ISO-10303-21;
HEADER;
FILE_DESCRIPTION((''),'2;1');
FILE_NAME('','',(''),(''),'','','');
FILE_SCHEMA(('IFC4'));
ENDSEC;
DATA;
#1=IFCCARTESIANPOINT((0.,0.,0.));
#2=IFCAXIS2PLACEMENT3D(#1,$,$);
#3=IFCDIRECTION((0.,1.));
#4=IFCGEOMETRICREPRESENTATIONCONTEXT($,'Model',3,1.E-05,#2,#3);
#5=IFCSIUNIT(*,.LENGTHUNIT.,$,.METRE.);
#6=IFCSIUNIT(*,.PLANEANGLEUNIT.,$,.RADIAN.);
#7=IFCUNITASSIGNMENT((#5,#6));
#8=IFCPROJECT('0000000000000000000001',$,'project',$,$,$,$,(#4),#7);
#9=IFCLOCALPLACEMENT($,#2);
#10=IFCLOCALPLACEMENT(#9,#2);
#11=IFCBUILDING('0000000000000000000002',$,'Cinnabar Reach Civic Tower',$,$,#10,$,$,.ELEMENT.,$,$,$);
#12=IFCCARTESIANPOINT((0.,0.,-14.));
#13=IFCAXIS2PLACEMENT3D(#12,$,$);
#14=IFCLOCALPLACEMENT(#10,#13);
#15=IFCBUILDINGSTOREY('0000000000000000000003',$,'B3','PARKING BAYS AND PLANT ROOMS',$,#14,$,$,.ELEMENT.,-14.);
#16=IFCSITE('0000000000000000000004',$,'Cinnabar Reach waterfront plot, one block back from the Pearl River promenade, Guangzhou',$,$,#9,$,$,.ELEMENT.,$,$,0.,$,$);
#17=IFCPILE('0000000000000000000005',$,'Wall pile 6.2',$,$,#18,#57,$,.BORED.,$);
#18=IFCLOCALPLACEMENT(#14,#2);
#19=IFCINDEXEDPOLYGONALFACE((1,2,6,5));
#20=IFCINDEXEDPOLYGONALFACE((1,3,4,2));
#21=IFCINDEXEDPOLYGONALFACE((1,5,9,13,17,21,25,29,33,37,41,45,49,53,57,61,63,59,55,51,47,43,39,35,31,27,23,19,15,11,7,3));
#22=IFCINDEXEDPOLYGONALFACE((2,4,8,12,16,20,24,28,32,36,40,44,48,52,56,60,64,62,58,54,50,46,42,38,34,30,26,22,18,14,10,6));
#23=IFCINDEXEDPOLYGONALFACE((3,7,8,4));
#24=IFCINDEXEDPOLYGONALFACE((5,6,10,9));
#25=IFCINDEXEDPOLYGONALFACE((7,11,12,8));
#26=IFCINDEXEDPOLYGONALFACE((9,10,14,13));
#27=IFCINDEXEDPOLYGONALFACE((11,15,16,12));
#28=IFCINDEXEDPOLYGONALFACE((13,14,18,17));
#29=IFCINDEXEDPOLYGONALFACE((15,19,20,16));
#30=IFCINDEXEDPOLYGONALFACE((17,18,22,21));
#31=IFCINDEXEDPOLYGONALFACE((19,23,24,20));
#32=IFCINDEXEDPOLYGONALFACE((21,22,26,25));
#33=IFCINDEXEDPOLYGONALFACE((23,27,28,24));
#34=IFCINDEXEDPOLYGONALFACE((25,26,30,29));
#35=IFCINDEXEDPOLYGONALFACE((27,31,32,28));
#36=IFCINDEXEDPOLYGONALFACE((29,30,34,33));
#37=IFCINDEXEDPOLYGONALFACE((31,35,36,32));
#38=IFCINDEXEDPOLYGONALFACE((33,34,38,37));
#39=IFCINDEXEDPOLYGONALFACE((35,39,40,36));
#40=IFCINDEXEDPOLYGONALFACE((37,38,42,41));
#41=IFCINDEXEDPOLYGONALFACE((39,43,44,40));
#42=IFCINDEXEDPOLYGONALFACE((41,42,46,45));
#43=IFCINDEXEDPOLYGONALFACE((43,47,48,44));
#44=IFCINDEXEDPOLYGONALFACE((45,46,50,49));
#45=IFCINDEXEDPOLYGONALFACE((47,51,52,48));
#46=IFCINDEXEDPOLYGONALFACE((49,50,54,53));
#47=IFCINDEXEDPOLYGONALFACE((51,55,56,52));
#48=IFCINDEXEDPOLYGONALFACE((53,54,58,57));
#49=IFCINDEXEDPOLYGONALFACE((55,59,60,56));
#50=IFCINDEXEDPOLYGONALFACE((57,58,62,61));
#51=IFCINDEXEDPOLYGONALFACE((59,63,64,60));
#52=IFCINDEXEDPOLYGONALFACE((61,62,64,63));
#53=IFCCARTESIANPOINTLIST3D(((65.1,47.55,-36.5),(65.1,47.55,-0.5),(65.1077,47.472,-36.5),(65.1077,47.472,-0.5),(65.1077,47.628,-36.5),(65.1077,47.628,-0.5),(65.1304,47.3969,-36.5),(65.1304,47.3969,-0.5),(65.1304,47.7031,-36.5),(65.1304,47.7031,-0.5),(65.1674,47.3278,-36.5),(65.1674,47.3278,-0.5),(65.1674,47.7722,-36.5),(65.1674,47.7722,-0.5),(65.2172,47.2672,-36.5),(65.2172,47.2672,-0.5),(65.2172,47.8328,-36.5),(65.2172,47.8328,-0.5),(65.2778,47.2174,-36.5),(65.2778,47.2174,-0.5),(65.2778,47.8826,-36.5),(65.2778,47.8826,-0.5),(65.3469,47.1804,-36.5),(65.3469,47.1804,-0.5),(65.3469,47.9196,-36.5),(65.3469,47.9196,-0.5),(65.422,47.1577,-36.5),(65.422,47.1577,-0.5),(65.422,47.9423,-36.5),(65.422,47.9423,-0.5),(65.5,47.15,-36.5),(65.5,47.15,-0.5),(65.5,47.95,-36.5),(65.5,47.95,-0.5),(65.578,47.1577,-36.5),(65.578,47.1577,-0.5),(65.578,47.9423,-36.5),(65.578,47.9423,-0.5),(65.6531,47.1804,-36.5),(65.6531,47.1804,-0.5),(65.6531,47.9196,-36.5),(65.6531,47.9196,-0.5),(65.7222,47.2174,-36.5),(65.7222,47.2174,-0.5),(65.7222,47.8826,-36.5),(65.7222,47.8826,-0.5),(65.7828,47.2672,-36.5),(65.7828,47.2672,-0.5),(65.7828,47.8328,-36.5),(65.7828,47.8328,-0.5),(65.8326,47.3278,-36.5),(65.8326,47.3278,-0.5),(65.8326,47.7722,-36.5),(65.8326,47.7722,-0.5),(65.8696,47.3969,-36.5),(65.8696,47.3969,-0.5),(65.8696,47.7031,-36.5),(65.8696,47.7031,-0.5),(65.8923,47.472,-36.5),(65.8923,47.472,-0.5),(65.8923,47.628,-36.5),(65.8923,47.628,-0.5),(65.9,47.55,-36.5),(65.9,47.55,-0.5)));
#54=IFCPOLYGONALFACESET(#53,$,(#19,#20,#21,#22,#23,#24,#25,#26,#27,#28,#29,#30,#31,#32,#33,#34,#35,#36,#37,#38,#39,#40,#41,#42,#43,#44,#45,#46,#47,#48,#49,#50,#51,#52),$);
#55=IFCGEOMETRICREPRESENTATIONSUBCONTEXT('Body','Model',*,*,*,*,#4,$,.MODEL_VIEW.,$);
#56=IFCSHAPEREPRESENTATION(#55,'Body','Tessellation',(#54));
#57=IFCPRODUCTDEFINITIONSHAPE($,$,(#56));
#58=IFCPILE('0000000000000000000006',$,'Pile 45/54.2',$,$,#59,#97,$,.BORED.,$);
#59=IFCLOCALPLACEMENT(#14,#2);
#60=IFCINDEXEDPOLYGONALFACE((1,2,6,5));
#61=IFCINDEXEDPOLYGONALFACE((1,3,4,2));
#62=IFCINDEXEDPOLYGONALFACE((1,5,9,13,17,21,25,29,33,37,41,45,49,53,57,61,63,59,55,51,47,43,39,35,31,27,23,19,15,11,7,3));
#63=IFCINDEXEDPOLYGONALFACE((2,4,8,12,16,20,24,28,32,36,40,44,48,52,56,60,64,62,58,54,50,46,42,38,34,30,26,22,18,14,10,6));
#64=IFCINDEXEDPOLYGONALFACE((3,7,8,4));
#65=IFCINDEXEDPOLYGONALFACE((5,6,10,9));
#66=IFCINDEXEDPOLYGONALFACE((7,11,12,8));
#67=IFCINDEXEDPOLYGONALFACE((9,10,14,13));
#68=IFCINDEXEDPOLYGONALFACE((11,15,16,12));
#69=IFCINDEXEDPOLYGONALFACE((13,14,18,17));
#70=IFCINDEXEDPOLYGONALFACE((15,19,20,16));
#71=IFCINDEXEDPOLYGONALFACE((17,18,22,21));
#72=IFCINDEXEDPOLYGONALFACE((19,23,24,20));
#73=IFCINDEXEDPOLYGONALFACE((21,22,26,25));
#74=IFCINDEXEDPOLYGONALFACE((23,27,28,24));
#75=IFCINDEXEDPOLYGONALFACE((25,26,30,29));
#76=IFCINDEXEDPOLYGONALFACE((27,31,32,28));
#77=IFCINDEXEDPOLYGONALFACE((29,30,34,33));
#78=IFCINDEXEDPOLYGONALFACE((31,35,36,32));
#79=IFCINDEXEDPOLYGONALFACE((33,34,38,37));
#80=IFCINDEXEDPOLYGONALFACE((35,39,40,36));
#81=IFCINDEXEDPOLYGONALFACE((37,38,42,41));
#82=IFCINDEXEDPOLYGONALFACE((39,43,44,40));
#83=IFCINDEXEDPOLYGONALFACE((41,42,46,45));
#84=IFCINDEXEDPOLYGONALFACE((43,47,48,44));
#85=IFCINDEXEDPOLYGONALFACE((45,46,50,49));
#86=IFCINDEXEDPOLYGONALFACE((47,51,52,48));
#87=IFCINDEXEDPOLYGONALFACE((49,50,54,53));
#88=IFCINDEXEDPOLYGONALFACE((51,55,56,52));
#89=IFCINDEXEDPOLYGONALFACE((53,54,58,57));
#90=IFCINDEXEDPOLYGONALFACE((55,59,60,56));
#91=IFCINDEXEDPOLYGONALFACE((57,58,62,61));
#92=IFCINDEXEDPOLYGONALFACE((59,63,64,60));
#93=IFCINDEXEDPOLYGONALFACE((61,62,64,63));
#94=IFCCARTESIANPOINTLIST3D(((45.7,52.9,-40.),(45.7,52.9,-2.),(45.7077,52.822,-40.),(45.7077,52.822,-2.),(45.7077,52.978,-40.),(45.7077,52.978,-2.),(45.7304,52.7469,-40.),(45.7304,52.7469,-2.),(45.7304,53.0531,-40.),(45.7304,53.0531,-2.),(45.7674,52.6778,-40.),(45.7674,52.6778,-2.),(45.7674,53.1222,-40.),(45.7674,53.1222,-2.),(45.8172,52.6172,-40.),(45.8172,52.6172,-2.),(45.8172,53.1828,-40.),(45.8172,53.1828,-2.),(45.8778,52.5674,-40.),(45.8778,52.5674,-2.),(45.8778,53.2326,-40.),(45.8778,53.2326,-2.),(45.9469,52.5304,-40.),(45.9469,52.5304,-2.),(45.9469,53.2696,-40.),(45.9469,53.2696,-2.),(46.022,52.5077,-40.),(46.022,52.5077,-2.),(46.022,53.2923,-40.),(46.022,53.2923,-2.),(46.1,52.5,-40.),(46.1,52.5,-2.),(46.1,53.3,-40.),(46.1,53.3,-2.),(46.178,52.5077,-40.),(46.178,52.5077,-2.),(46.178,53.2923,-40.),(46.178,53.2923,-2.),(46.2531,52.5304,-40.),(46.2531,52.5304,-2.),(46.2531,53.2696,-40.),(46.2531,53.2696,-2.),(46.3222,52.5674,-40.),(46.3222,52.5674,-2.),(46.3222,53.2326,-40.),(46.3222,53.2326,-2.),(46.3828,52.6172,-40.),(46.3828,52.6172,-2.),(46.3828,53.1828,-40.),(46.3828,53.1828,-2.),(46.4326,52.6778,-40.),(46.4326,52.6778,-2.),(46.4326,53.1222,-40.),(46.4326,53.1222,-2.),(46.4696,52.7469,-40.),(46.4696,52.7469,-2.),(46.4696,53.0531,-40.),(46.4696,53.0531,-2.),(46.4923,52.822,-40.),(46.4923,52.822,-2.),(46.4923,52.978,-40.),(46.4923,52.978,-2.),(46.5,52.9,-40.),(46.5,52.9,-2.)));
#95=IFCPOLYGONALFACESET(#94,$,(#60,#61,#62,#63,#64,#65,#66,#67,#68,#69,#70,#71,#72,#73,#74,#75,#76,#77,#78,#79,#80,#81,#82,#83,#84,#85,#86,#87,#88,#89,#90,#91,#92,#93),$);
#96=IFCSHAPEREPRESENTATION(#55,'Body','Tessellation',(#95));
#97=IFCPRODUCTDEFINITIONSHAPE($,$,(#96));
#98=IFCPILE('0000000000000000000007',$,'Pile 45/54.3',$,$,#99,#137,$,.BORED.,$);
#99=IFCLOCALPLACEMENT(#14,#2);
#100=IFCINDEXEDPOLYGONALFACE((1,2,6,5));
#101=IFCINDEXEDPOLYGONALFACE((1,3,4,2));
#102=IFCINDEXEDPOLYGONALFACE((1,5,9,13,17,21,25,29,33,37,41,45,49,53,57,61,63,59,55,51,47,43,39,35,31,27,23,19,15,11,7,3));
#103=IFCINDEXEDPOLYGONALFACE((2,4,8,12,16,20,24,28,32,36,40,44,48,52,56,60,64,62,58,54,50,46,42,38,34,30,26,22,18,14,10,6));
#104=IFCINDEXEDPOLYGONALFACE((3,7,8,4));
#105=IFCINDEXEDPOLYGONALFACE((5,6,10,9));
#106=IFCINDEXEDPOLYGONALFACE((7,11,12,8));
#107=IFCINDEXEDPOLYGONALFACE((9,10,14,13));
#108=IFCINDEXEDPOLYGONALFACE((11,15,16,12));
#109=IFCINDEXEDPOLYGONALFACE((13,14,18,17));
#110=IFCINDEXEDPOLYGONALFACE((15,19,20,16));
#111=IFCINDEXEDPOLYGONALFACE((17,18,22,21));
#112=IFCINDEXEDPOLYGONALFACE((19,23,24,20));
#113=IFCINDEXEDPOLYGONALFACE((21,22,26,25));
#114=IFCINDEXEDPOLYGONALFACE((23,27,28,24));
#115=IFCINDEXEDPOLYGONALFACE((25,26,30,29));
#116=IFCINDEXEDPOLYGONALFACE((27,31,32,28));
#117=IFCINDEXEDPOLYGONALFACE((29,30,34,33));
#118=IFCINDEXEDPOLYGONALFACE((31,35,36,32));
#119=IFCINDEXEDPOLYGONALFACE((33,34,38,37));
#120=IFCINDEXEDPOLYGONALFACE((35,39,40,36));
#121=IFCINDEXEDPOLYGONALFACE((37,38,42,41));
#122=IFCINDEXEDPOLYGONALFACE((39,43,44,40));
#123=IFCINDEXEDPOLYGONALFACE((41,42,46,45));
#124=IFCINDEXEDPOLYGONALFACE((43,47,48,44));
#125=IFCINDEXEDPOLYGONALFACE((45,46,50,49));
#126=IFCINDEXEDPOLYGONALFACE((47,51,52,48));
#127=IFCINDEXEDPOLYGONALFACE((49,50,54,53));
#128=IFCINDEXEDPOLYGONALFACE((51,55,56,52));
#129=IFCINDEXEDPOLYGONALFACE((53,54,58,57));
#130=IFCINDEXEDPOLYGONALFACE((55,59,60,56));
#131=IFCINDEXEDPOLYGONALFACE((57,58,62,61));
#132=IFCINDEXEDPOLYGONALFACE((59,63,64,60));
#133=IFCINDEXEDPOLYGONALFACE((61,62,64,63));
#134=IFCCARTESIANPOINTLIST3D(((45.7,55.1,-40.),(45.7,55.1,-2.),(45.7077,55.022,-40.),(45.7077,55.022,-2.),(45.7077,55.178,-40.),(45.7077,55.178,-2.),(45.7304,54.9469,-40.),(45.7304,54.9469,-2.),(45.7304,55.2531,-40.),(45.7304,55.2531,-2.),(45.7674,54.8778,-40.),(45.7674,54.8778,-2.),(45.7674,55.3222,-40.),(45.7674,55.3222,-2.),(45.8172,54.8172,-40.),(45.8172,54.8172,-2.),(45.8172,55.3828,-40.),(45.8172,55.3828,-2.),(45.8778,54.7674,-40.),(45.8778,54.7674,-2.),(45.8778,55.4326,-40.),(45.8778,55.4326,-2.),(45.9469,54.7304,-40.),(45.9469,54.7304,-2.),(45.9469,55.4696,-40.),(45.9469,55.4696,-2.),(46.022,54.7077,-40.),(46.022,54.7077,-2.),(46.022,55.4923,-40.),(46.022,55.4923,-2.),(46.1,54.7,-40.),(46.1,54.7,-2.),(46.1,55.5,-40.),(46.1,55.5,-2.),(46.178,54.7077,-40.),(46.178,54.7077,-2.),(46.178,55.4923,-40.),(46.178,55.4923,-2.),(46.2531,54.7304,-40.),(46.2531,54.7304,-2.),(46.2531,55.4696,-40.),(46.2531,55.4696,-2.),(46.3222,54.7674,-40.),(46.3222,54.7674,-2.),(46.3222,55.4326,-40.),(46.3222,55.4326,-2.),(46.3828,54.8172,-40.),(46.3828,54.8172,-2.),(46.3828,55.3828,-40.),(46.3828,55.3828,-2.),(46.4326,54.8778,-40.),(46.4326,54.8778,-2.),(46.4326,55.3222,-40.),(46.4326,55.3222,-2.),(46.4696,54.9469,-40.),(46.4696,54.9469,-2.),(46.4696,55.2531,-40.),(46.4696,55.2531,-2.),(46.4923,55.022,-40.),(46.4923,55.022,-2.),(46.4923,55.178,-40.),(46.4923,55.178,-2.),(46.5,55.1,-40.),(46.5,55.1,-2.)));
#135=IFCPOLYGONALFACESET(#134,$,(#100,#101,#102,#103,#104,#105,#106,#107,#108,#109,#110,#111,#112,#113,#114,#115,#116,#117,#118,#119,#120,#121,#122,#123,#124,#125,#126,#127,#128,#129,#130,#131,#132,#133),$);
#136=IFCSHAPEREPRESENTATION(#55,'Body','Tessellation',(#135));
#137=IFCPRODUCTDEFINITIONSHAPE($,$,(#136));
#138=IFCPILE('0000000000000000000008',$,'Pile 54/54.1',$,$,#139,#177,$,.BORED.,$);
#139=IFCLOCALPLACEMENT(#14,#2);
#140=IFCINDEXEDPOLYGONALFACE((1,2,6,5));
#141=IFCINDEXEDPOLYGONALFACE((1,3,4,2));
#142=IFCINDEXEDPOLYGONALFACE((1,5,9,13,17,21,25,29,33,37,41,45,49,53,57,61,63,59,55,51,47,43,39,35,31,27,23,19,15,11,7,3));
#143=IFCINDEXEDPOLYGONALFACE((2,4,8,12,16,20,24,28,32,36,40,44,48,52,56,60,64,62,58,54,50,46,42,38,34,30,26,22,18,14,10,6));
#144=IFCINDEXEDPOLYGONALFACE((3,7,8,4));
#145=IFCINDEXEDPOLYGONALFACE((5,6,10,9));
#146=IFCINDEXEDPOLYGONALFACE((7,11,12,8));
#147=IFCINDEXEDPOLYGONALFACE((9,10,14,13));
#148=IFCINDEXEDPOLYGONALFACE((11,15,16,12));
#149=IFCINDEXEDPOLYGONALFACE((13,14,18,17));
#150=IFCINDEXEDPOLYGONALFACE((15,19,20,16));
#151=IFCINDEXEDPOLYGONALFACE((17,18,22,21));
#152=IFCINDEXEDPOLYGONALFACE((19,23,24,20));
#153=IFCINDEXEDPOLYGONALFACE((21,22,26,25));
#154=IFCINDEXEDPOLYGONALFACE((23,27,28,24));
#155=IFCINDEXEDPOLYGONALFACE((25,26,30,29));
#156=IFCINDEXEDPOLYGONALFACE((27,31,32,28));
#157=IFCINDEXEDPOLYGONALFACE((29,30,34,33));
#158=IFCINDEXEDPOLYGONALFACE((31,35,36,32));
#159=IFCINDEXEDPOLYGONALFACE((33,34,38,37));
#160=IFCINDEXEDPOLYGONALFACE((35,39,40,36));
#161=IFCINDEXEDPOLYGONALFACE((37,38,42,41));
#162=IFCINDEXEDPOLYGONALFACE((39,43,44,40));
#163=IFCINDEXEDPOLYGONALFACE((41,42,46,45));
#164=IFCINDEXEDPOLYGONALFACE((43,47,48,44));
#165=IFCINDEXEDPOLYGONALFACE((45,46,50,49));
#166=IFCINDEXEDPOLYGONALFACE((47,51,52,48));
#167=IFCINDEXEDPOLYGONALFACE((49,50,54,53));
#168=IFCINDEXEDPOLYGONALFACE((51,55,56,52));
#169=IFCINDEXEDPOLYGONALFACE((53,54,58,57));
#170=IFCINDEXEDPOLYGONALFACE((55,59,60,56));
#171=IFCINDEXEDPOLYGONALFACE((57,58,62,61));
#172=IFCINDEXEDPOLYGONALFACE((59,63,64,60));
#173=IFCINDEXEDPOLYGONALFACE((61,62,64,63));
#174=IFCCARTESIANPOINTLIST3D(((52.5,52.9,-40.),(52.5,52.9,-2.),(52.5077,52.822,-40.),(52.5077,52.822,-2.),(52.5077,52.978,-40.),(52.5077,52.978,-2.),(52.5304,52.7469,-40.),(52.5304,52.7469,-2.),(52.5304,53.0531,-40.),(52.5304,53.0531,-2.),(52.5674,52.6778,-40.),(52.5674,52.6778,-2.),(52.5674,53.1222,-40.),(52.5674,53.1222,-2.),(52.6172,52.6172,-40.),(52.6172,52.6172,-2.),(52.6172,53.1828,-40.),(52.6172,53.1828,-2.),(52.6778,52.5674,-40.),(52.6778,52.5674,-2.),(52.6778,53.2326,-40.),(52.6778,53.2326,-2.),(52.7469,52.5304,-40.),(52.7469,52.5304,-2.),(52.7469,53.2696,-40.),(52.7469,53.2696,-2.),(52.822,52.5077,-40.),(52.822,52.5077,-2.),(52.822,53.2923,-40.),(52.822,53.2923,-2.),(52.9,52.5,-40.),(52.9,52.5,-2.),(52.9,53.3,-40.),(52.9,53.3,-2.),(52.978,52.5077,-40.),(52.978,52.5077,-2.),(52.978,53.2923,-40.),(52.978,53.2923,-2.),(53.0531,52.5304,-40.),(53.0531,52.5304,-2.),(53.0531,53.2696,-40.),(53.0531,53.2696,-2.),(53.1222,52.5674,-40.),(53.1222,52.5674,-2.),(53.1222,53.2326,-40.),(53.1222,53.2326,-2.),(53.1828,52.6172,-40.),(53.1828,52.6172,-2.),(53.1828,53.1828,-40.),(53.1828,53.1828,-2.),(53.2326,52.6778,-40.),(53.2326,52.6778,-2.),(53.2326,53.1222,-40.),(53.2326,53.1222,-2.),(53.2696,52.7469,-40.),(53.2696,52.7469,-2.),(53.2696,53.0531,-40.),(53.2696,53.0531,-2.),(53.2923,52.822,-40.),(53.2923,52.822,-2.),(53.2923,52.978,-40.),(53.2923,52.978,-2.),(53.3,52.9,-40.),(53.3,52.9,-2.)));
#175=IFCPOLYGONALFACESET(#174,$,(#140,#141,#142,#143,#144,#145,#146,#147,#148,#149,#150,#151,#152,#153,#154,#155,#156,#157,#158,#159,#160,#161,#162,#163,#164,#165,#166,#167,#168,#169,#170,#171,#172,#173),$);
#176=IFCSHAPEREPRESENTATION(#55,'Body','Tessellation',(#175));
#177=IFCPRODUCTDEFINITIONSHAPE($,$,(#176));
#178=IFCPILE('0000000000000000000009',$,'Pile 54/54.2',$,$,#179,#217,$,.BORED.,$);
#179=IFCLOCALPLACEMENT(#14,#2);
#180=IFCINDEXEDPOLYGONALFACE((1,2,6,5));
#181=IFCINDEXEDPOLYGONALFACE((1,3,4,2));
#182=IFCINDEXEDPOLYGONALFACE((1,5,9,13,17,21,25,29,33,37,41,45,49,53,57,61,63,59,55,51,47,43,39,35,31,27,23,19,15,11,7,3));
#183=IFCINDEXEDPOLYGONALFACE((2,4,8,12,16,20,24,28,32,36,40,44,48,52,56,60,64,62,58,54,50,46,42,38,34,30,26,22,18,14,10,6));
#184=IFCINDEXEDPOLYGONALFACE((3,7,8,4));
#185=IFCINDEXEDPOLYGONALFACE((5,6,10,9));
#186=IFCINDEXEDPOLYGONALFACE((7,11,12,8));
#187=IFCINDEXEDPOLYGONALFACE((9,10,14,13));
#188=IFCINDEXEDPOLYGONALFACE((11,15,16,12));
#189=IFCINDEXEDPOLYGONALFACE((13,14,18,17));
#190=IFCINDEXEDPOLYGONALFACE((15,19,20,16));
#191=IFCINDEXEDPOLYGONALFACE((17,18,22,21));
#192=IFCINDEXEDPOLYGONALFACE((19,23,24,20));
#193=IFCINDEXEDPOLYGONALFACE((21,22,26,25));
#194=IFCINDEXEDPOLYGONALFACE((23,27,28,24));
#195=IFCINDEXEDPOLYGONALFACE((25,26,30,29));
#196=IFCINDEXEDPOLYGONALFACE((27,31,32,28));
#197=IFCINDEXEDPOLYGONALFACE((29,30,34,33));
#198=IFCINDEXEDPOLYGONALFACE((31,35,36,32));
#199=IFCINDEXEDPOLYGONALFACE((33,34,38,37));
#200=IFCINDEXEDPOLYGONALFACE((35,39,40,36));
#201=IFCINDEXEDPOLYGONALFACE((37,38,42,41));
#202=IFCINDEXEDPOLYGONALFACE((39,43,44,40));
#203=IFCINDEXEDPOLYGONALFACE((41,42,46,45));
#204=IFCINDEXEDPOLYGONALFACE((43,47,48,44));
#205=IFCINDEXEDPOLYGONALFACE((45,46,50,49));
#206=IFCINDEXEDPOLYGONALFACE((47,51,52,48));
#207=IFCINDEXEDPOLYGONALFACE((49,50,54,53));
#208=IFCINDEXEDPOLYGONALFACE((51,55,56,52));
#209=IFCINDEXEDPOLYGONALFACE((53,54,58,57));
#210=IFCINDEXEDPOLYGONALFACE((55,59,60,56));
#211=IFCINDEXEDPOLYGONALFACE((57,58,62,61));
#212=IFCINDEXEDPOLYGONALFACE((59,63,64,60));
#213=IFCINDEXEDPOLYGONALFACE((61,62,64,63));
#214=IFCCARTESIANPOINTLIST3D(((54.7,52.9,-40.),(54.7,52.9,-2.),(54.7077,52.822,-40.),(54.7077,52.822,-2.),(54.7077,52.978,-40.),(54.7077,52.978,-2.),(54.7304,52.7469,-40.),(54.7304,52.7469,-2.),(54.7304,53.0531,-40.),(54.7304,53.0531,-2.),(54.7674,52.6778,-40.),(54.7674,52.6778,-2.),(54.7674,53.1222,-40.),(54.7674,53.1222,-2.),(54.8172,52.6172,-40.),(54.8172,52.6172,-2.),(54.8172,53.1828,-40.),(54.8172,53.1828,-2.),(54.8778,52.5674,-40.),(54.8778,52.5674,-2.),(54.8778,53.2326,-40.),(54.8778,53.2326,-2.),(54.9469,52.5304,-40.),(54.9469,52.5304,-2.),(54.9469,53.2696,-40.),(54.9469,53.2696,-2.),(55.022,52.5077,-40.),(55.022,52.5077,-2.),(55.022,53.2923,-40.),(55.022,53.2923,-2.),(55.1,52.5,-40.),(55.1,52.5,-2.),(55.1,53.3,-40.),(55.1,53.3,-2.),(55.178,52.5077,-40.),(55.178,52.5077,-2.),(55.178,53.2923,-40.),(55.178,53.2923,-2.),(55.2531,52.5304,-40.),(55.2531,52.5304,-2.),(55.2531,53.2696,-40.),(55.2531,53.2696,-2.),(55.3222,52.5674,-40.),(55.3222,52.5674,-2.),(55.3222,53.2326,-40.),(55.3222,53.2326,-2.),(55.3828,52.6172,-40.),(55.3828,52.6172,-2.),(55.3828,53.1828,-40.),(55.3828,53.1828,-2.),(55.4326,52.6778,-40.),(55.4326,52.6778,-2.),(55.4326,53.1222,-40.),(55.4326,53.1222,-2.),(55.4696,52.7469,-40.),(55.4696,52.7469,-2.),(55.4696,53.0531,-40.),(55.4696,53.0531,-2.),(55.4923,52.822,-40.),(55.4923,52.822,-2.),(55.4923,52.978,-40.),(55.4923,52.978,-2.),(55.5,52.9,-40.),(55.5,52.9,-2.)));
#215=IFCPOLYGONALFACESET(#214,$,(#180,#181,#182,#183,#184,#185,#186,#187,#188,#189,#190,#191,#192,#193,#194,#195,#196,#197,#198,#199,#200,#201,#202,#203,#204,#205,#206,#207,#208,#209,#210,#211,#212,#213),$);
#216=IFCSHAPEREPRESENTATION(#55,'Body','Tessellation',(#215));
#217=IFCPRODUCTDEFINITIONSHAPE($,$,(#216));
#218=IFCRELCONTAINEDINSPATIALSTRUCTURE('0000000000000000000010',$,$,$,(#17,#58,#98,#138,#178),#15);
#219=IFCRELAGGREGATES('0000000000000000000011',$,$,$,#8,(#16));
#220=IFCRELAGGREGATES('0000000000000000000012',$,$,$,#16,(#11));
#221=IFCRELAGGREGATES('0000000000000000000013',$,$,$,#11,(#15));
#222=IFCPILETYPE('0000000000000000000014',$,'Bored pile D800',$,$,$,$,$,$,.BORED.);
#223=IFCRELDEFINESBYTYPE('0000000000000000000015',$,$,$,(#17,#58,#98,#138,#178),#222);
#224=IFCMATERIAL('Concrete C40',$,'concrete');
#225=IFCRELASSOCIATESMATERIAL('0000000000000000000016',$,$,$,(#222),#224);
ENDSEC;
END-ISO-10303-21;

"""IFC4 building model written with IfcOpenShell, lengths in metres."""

from ifc_helpers import new_model, si_unit, direction, frame, origin, origin_2d, place, context, subcontext, project, spatial, circle, extrude, material, type_object, element, save


model = new_model("IFC4")

# Units and contexts
model_context = context("Model", 3, precision=1e-05, world=origin(), true_north=direction((0.0, 1.0)))
body_context = subcontext(model_context, "Body", "Model", "MODEL_VIEW")
ifc_project = project(units=[si_unit("LENGTHUNIT", "METRE"), si_unit("PLANEANGLEUNIT", "RADIAN")], contexts=[model_context])

# Site, building, storey
site_placement = place(None, origin())
site = spatial("IfcSite", under=ifc_project, at=site_placement, Name="Cinnabar Reach waterfront plot, one block back from the Pearl River promenade, Guangzhou", CompositionType="ELEMENT", RefElevation=0.0)
building_placement = place(site_placement, origin())
building = spatial("IfcBuilding", under=site, at=building_placement, Name="Cinnabar Reach Civic Tower", CompositionType="ELEMENT")
storey_placement = place(building_placement, frame((0.0, 0.0, -14.0)))
storey = spatial("IfcBuildingStorey", under=building, at=storey_placement, Name="B3", Description="PARKING BAYS AND PLANT ROOMS", CompositionType="ELEMENT", Elevation=-14.0)

# Piles
ifc_material_1 = material(Name="Concrete C40", Category="concrete")
pile_type = type_object("IfcPileType", Name="Bored pile D800", PredefinedType="BORED", material=ifc_material_1)
for number, where, z_axis, x_axis, name in (
    (1, (65.5, 47.55, -0.5), (0.0, 0.0, -1.0), (1.0, 0.0, 0.0), "Wall pile 6.2"),
):
    element("IfcPile", number, at=place(storey_placement, frame(where, z_axis=z_axis, x_axis=x_axis)), inside=storey, type_object=pile_type, Name=name, PredefinedType="BORED", context=body_context, shape_type="SweptSolid", body=[
        extrude(circle(Radius=0.4, at=origin_2d()), origin(), (0.0, 0.0, 1.0), 36.0),
    ])
for number, where, z_axis, x_axis, name in (
    (2, (46.1, 52.9, -2.0), (0.0, 0.0, -1.0), (1.0, 0.0, 0.0), "Pile 45/54.2"),
    (3, (46.1, 55.1, -2.0), (0.0, 0.0, -1.0), (1.0, 0.0, 0.0), "Pile 45/54.3"),
    (4, (52.9, 52.9, -2.0), (0.0, 0.0, -1.0), (1.0, 0.0, 0.0), "Pile 54/54.1"),
    (5, (55.1, 52.9, -2.0), (0.0, 0.0, -1.0), (1.0, 0.0, 0.0), "Pile 54/54.2"),
):
    element("IfcPile", number, at=place(storey_placement, frame(where, z_axis=z_axis, x_axis=x_axis)), inside=storey, type_object=pile_type, Name=name, PredefinedType="BORED", context=body_context, shape_type="SweptSolid", body=[
        extrude(circle(Radius=0.4, at=origin_2d()), origin(), (0.0, 0.0, 1.0), 38.0),
    ])

save(model, "model.ifc")
